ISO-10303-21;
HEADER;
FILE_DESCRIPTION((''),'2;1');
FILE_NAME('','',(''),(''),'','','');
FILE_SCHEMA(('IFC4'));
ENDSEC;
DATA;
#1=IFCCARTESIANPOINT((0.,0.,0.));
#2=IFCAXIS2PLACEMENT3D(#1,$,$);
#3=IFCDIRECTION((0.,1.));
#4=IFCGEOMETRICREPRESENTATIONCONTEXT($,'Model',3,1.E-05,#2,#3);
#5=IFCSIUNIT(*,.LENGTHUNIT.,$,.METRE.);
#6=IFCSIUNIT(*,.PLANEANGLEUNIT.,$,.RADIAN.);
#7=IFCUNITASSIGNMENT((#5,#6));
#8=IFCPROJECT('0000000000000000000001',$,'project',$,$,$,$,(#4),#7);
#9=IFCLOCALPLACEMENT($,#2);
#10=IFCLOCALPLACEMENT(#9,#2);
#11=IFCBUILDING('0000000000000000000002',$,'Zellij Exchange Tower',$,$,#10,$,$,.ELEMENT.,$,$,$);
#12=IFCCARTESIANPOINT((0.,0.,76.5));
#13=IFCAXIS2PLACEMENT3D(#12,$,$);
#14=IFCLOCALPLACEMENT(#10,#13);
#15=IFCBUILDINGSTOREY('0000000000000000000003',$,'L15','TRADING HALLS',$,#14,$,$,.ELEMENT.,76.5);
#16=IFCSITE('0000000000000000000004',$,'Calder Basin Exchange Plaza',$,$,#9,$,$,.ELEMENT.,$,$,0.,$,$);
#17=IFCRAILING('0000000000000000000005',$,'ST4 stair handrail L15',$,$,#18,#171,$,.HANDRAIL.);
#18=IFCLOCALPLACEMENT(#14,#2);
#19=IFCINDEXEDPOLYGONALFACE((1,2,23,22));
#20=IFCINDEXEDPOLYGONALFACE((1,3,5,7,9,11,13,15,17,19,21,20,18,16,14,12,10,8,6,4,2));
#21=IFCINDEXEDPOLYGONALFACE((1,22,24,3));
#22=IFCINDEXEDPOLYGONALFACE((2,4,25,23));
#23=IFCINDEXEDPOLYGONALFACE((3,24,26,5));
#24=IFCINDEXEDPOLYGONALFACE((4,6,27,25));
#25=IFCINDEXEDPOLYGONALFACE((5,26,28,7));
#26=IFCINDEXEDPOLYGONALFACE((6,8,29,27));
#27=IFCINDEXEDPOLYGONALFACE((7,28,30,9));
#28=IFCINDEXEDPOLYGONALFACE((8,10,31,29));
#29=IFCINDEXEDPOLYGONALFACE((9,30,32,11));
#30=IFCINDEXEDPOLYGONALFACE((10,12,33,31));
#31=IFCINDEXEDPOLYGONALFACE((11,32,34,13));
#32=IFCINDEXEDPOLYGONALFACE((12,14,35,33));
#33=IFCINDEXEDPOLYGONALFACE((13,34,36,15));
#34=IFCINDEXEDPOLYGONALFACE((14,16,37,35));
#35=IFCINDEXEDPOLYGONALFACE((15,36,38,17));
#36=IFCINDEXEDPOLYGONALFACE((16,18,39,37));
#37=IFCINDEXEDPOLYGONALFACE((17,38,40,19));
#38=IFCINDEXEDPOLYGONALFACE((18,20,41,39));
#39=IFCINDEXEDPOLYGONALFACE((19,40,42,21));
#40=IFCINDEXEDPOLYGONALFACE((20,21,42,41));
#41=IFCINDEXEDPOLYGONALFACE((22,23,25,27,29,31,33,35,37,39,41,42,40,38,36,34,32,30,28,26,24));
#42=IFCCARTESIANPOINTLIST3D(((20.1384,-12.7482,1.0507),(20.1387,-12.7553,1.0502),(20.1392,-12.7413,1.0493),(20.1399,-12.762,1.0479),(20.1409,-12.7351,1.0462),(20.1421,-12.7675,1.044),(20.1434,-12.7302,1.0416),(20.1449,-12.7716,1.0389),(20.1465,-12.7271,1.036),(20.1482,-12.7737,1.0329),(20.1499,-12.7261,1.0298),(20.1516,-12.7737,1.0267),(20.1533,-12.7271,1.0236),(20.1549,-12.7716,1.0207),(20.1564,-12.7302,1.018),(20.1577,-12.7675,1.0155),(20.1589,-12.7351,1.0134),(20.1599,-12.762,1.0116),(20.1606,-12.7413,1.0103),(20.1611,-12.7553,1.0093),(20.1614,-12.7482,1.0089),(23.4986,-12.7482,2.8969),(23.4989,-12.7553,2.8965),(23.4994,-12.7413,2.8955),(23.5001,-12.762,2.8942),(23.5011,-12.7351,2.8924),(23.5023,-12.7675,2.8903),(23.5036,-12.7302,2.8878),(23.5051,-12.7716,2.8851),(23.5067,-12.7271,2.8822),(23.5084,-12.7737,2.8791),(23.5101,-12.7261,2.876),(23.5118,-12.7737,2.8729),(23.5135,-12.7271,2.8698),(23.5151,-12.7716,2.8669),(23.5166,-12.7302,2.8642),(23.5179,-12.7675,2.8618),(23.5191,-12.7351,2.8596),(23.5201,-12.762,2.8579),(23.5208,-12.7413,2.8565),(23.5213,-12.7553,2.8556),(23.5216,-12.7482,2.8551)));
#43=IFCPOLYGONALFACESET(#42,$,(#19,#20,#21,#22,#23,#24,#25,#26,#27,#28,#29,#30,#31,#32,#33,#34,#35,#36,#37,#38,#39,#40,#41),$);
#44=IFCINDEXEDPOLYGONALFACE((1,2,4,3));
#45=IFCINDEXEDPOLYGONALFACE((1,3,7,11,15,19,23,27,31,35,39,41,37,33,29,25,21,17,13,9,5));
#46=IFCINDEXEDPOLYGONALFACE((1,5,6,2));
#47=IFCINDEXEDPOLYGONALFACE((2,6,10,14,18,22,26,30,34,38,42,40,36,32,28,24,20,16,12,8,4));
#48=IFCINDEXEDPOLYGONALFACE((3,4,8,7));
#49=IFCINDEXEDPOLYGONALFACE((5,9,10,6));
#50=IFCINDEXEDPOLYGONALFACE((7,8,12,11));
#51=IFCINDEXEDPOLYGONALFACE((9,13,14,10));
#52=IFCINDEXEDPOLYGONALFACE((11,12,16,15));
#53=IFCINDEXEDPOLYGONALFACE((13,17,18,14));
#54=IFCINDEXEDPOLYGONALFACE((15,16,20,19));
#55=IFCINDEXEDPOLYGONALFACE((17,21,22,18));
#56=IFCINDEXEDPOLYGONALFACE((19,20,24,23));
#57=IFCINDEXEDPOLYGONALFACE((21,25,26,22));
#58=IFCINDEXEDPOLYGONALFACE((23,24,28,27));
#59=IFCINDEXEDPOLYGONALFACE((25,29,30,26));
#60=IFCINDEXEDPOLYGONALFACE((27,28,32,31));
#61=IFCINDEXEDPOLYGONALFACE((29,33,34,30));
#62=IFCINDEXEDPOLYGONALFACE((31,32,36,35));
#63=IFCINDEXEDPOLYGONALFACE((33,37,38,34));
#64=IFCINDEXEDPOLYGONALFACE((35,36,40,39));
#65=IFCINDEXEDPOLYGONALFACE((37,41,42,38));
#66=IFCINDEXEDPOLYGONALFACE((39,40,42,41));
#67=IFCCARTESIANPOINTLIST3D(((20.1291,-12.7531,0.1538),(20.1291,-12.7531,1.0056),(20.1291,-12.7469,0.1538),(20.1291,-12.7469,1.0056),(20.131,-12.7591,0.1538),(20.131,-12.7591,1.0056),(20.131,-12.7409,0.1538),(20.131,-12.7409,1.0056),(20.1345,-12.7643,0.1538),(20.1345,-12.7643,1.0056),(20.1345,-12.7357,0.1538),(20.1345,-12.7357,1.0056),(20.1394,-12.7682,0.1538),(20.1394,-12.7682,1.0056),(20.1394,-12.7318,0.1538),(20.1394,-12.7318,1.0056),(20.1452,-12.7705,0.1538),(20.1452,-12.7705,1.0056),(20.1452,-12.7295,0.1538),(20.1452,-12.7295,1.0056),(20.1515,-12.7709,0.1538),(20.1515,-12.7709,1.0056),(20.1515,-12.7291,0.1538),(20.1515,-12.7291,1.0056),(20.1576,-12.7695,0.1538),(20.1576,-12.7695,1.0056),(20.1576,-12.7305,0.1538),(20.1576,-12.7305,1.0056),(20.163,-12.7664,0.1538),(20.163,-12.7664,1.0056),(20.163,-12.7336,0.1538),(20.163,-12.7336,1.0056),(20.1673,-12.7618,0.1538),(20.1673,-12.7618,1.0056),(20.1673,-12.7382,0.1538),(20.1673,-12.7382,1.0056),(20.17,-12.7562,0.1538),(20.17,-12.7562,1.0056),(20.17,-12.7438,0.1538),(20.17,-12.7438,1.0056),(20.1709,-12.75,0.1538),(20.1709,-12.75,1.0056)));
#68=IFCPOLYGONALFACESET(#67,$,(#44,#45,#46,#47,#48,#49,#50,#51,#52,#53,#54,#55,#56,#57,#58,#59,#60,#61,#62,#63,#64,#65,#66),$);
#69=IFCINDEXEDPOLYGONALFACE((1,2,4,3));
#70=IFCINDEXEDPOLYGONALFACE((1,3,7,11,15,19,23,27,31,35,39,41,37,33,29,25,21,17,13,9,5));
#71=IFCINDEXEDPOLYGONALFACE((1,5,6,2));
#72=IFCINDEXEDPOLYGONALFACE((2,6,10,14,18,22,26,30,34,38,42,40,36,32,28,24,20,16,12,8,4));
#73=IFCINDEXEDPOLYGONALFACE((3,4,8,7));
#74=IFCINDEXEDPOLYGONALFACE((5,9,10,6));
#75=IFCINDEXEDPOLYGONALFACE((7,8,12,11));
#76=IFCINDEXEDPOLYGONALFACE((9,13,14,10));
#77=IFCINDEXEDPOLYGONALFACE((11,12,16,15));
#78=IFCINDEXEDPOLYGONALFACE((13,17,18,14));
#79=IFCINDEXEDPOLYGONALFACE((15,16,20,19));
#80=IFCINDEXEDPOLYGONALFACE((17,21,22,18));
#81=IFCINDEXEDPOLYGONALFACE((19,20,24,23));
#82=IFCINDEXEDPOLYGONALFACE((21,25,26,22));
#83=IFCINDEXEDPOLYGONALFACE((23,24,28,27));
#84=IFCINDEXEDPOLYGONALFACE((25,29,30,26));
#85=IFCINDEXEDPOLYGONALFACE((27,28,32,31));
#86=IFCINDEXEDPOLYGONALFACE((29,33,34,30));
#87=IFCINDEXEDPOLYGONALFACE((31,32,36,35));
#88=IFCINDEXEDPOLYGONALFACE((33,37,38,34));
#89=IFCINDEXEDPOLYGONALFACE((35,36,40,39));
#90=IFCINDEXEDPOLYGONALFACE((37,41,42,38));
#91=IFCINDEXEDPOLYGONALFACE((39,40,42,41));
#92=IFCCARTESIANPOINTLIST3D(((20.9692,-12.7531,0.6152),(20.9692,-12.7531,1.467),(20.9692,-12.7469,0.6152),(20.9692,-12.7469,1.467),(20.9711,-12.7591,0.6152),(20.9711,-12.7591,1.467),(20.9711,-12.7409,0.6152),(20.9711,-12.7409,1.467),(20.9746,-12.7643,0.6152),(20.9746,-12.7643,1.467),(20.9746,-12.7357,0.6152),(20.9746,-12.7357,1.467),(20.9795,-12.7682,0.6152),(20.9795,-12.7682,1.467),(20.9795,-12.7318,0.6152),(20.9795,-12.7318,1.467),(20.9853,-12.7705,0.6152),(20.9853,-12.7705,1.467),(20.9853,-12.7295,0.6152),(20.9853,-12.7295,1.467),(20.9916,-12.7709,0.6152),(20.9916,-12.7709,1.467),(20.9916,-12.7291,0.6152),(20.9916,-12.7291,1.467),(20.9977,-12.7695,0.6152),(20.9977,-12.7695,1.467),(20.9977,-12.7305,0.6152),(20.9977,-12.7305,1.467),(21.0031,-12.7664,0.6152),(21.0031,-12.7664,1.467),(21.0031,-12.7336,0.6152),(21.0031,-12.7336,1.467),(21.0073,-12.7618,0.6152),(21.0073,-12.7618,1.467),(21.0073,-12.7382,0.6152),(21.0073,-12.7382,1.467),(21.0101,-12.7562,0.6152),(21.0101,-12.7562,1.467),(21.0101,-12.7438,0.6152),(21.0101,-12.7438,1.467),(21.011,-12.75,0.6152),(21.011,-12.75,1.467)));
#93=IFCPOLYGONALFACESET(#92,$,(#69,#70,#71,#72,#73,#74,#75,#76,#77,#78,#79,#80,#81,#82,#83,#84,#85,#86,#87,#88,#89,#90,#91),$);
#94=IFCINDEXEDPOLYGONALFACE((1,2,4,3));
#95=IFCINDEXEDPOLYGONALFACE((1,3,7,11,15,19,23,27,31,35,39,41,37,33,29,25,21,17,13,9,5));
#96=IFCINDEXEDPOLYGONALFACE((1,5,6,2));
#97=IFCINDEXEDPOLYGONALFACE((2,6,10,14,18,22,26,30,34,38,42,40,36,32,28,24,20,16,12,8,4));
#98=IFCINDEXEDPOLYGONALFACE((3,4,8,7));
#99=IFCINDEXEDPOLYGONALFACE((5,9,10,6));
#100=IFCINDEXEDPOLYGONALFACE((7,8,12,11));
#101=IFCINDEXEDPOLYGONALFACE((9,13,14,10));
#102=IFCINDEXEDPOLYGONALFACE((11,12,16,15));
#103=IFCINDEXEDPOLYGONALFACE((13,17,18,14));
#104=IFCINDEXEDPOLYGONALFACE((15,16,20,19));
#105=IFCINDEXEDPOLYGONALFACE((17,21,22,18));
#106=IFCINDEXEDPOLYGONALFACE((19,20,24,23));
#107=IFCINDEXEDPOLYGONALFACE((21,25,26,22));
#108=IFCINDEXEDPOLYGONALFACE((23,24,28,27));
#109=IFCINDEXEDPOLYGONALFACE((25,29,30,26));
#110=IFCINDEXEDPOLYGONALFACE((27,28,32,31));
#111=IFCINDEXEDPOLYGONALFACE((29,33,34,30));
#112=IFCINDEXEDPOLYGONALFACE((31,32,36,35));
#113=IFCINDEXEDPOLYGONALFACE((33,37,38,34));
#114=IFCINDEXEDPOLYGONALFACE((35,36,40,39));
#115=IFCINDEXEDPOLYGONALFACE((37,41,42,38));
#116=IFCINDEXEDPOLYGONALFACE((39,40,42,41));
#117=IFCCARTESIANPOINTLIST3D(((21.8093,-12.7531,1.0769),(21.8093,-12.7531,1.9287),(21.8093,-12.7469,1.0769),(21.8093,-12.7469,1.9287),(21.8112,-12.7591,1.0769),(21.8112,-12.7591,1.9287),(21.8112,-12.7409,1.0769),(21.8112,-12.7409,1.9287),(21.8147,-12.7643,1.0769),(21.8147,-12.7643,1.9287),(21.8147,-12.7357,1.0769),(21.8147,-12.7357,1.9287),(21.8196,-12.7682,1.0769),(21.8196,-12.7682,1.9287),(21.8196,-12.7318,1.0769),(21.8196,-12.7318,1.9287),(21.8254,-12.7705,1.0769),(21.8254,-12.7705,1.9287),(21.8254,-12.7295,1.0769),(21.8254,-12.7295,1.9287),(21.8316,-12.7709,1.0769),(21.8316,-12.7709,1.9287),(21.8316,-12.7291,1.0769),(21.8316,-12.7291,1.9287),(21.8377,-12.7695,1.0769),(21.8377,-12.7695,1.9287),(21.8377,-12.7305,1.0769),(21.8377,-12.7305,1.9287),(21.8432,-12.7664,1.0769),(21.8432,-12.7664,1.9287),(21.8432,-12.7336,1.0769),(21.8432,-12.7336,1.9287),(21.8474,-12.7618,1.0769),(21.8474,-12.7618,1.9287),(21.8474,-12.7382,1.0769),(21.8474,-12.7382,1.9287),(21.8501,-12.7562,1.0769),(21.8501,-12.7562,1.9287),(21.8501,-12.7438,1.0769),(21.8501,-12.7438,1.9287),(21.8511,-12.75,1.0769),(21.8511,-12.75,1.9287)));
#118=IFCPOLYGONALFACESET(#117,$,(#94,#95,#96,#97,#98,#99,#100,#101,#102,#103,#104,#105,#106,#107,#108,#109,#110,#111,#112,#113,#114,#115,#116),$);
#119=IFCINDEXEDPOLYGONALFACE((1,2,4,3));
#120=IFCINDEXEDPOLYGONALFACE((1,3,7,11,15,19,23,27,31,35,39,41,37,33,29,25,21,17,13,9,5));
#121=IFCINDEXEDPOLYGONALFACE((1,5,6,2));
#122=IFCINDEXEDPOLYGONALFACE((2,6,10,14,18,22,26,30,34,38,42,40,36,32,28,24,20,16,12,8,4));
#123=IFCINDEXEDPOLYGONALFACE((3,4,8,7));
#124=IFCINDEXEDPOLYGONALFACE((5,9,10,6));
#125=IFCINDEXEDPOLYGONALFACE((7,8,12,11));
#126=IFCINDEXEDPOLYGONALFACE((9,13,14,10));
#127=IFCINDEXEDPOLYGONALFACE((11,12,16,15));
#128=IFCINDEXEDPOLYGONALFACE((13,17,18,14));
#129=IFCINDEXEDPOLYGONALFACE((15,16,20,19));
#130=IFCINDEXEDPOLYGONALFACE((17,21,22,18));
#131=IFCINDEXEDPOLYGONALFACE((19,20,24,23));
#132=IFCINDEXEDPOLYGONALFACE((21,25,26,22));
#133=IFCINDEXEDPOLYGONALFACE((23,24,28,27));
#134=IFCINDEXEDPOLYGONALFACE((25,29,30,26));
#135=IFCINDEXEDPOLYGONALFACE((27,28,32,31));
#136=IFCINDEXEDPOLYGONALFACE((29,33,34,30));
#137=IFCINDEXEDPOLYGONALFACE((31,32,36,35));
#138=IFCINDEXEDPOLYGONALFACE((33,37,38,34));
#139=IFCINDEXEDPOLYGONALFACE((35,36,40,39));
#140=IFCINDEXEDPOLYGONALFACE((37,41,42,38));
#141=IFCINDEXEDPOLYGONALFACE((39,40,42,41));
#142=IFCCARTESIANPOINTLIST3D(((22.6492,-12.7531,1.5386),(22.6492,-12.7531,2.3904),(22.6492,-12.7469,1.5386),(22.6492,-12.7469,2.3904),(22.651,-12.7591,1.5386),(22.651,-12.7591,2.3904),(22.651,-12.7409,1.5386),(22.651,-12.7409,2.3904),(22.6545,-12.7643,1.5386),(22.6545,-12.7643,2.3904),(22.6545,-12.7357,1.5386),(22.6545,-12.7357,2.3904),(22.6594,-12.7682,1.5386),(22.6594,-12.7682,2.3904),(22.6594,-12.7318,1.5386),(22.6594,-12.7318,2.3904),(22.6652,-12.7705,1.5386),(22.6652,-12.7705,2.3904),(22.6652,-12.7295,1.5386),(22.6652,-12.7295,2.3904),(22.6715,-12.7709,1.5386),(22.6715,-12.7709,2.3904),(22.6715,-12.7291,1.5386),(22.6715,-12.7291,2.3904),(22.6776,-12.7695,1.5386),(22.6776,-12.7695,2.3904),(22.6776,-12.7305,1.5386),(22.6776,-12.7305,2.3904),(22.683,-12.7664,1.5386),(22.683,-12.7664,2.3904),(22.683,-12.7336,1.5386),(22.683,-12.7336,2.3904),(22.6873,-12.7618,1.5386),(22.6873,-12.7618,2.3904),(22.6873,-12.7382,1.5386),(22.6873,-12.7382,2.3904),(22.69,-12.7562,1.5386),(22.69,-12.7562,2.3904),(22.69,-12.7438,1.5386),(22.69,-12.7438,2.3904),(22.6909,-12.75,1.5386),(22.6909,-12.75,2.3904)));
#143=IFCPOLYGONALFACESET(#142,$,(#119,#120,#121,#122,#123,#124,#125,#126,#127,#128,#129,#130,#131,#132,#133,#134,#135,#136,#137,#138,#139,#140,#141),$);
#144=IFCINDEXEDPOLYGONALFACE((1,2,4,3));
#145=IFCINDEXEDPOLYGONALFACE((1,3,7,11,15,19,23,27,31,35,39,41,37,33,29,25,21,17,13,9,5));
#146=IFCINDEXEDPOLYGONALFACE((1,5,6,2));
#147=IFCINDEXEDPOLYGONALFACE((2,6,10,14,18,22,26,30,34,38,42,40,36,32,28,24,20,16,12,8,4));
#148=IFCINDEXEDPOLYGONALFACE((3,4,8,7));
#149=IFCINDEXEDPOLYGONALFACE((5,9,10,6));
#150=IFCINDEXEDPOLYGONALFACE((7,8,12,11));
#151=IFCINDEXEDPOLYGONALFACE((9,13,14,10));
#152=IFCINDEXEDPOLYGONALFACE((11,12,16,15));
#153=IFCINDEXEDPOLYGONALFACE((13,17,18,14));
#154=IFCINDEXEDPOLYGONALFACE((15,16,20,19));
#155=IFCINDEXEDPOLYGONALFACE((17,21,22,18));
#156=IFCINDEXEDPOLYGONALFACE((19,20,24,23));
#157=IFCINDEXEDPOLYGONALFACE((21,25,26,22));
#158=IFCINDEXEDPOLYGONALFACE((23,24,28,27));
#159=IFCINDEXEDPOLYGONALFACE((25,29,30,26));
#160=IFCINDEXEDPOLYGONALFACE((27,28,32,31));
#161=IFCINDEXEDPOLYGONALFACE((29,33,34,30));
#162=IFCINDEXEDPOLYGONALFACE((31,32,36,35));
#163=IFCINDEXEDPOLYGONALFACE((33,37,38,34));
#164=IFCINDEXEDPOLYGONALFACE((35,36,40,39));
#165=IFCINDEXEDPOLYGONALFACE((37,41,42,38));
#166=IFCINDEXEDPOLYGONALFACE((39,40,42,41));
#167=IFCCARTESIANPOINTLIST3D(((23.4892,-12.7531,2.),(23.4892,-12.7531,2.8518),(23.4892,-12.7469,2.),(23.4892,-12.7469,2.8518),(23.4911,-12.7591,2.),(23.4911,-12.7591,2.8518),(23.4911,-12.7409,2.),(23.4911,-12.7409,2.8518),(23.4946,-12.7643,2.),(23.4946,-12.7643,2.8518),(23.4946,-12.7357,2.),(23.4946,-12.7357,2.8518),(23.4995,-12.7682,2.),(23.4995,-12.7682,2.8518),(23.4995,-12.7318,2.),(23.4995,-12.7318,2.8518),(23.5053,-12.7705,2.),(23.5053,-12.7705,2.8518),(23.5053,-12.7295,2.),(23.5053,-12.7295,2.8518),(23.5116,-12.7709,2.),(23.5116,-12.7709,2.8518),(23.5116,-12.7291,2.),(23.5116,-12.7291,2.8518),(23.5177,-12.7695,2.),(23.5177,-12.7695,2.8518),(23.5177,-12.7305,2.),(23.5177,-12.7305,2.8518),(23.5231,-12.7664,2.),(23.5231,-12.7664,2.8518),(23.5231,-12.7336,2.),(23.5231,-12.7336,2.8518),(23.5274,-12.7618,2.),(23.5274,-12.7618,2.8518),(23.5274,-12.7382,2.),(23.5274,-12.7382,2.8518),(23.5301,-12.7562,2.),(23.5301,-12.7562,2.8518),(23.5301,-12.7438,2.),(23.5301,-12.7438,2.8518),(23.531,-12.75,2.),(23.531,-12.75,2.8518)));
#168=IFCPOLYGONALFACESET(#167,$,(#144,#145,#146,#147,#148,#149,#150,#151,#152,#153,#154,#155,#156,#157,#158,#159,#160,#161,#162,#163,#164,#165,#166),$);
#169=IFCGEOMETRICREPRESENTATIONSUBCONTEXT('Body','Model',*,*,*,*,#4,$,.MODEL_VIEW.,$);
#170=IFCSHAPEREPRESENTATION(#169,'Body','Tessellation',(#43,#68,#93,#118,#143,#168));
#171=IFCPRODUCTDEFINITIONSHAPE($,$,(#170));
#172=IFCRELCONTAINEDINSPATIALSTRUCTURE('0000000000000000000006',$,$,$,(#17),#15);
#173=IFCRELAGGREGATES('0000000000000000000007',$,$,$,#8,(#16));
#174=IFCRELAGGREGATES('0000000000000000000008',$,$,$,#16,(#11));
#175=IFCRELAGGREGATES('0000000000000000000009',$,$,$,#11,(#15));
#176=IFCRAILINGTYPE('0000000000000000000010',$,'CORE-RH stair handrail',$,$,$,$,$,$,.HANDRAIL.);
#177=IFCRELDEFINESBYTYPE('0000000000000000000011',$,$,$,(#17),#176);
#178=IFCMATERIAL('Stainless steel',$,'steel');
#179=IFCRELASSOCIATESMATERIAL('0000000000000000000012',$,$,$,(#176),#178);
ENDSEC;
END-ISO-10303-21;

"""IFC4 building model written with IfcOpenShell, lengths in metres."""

from ifc_helpers import new_model, si_unit, direction, frame, origin, origin_2d, place, context, subcontext, project, spatial, circle, extrude, material, type_object, element, save


model = new_model("IFC4")

# Units and contexts
model_context = context("Model", 3, precision=1e-05, world=origin(), true_north=direction((0.0, 1.0)))
body_context = subcontext(model_context, "Body", "Model", "MODEL_VIEW")
ifc_project = project(units=[si_unit("LENGTHUNIT", "METRE"), si_unit("PLANEANGLEUNIT", "RADIAN")], contexts=[model_context])

# Site, building, storey
site_placement = place(None, origin())
site = spatial("IfcSite", under=ifc_project, at=site_placement, Name="Calder Basin Exchange Plaza", CompositionType="ELEMENT", RefElevation=0.0)
building_placement = place(site_placement, origin())
building = spatial("IfcBuilding", under=site, at=building_placement, Name="Zellij Exchange Tower", CompositionType="ELEMENT")
storey_placement = place(building_placement, frame((0.0, 0.0, 76.5)))
storey = spatial("IfcBuildingStorey", under=building, at=storey_placement, Name="L15", Description="TRADING HALLS", CompositionType="ELEMENT", Elevation=76.5)

# Railing
ifc_material_1 = material(Name="Stainless steel", Category="steel")
railing_type_1 = type_object("IfcRailingType", Name="CORE-RH stair handrail", PredefinedType="HANDRAIL", material=ifc_material_1)
railing_1_placement = place(storey_placement, frame((20.1499, -12.75, 0.1538)))
element("IfcRailing", 1, at=railing_1_placement, inside=storey, type_object=railing_type_1, Name="ST4 stair handrail L15", PredefinedType="HANDRAIL", context=body_context, shape_type="SweptSolid", body=[
    extrude(circle(Radius=0.0239, at=origin_2d()), frame((0.0, 0.0, 0.876), z_axis=(0.876422, 0.0, 0.481545), x_axis=(0.0, 1.0, 0.0)), (0.0, 0.0, 1.0), 3.834),
    extrude(circle(Radius=0.021, at=origin_2d()), origin(), (0.0, 0.0, 1.0), 0.8518),
    extrude(circle(Radius=0.021, at=origin_2d()), frame((0.8401, 0.0, 0.4614)), (0.0, 0.0, 1.0), 0.8518),
    extrude(circle(Radius=0.021, at=origin_2d()), frame((1.6802, 0.0, 0.9231)), (0.0, 0.0, 1.0), 0.8518),
    extrude(circle(Radius=0.021, at=origin_2d()), frame((2.52, 0.0, 1.3848)), (0.0, 0.0, 1.0), 0.8518),
    extrude(circle(Radius=0.021, at=origin_2d()), frame((3.3601, 0.0, 1.8462)), (0.0, 0.0, 1.0), 0.8518),
])

save(model, "model.ifc")
